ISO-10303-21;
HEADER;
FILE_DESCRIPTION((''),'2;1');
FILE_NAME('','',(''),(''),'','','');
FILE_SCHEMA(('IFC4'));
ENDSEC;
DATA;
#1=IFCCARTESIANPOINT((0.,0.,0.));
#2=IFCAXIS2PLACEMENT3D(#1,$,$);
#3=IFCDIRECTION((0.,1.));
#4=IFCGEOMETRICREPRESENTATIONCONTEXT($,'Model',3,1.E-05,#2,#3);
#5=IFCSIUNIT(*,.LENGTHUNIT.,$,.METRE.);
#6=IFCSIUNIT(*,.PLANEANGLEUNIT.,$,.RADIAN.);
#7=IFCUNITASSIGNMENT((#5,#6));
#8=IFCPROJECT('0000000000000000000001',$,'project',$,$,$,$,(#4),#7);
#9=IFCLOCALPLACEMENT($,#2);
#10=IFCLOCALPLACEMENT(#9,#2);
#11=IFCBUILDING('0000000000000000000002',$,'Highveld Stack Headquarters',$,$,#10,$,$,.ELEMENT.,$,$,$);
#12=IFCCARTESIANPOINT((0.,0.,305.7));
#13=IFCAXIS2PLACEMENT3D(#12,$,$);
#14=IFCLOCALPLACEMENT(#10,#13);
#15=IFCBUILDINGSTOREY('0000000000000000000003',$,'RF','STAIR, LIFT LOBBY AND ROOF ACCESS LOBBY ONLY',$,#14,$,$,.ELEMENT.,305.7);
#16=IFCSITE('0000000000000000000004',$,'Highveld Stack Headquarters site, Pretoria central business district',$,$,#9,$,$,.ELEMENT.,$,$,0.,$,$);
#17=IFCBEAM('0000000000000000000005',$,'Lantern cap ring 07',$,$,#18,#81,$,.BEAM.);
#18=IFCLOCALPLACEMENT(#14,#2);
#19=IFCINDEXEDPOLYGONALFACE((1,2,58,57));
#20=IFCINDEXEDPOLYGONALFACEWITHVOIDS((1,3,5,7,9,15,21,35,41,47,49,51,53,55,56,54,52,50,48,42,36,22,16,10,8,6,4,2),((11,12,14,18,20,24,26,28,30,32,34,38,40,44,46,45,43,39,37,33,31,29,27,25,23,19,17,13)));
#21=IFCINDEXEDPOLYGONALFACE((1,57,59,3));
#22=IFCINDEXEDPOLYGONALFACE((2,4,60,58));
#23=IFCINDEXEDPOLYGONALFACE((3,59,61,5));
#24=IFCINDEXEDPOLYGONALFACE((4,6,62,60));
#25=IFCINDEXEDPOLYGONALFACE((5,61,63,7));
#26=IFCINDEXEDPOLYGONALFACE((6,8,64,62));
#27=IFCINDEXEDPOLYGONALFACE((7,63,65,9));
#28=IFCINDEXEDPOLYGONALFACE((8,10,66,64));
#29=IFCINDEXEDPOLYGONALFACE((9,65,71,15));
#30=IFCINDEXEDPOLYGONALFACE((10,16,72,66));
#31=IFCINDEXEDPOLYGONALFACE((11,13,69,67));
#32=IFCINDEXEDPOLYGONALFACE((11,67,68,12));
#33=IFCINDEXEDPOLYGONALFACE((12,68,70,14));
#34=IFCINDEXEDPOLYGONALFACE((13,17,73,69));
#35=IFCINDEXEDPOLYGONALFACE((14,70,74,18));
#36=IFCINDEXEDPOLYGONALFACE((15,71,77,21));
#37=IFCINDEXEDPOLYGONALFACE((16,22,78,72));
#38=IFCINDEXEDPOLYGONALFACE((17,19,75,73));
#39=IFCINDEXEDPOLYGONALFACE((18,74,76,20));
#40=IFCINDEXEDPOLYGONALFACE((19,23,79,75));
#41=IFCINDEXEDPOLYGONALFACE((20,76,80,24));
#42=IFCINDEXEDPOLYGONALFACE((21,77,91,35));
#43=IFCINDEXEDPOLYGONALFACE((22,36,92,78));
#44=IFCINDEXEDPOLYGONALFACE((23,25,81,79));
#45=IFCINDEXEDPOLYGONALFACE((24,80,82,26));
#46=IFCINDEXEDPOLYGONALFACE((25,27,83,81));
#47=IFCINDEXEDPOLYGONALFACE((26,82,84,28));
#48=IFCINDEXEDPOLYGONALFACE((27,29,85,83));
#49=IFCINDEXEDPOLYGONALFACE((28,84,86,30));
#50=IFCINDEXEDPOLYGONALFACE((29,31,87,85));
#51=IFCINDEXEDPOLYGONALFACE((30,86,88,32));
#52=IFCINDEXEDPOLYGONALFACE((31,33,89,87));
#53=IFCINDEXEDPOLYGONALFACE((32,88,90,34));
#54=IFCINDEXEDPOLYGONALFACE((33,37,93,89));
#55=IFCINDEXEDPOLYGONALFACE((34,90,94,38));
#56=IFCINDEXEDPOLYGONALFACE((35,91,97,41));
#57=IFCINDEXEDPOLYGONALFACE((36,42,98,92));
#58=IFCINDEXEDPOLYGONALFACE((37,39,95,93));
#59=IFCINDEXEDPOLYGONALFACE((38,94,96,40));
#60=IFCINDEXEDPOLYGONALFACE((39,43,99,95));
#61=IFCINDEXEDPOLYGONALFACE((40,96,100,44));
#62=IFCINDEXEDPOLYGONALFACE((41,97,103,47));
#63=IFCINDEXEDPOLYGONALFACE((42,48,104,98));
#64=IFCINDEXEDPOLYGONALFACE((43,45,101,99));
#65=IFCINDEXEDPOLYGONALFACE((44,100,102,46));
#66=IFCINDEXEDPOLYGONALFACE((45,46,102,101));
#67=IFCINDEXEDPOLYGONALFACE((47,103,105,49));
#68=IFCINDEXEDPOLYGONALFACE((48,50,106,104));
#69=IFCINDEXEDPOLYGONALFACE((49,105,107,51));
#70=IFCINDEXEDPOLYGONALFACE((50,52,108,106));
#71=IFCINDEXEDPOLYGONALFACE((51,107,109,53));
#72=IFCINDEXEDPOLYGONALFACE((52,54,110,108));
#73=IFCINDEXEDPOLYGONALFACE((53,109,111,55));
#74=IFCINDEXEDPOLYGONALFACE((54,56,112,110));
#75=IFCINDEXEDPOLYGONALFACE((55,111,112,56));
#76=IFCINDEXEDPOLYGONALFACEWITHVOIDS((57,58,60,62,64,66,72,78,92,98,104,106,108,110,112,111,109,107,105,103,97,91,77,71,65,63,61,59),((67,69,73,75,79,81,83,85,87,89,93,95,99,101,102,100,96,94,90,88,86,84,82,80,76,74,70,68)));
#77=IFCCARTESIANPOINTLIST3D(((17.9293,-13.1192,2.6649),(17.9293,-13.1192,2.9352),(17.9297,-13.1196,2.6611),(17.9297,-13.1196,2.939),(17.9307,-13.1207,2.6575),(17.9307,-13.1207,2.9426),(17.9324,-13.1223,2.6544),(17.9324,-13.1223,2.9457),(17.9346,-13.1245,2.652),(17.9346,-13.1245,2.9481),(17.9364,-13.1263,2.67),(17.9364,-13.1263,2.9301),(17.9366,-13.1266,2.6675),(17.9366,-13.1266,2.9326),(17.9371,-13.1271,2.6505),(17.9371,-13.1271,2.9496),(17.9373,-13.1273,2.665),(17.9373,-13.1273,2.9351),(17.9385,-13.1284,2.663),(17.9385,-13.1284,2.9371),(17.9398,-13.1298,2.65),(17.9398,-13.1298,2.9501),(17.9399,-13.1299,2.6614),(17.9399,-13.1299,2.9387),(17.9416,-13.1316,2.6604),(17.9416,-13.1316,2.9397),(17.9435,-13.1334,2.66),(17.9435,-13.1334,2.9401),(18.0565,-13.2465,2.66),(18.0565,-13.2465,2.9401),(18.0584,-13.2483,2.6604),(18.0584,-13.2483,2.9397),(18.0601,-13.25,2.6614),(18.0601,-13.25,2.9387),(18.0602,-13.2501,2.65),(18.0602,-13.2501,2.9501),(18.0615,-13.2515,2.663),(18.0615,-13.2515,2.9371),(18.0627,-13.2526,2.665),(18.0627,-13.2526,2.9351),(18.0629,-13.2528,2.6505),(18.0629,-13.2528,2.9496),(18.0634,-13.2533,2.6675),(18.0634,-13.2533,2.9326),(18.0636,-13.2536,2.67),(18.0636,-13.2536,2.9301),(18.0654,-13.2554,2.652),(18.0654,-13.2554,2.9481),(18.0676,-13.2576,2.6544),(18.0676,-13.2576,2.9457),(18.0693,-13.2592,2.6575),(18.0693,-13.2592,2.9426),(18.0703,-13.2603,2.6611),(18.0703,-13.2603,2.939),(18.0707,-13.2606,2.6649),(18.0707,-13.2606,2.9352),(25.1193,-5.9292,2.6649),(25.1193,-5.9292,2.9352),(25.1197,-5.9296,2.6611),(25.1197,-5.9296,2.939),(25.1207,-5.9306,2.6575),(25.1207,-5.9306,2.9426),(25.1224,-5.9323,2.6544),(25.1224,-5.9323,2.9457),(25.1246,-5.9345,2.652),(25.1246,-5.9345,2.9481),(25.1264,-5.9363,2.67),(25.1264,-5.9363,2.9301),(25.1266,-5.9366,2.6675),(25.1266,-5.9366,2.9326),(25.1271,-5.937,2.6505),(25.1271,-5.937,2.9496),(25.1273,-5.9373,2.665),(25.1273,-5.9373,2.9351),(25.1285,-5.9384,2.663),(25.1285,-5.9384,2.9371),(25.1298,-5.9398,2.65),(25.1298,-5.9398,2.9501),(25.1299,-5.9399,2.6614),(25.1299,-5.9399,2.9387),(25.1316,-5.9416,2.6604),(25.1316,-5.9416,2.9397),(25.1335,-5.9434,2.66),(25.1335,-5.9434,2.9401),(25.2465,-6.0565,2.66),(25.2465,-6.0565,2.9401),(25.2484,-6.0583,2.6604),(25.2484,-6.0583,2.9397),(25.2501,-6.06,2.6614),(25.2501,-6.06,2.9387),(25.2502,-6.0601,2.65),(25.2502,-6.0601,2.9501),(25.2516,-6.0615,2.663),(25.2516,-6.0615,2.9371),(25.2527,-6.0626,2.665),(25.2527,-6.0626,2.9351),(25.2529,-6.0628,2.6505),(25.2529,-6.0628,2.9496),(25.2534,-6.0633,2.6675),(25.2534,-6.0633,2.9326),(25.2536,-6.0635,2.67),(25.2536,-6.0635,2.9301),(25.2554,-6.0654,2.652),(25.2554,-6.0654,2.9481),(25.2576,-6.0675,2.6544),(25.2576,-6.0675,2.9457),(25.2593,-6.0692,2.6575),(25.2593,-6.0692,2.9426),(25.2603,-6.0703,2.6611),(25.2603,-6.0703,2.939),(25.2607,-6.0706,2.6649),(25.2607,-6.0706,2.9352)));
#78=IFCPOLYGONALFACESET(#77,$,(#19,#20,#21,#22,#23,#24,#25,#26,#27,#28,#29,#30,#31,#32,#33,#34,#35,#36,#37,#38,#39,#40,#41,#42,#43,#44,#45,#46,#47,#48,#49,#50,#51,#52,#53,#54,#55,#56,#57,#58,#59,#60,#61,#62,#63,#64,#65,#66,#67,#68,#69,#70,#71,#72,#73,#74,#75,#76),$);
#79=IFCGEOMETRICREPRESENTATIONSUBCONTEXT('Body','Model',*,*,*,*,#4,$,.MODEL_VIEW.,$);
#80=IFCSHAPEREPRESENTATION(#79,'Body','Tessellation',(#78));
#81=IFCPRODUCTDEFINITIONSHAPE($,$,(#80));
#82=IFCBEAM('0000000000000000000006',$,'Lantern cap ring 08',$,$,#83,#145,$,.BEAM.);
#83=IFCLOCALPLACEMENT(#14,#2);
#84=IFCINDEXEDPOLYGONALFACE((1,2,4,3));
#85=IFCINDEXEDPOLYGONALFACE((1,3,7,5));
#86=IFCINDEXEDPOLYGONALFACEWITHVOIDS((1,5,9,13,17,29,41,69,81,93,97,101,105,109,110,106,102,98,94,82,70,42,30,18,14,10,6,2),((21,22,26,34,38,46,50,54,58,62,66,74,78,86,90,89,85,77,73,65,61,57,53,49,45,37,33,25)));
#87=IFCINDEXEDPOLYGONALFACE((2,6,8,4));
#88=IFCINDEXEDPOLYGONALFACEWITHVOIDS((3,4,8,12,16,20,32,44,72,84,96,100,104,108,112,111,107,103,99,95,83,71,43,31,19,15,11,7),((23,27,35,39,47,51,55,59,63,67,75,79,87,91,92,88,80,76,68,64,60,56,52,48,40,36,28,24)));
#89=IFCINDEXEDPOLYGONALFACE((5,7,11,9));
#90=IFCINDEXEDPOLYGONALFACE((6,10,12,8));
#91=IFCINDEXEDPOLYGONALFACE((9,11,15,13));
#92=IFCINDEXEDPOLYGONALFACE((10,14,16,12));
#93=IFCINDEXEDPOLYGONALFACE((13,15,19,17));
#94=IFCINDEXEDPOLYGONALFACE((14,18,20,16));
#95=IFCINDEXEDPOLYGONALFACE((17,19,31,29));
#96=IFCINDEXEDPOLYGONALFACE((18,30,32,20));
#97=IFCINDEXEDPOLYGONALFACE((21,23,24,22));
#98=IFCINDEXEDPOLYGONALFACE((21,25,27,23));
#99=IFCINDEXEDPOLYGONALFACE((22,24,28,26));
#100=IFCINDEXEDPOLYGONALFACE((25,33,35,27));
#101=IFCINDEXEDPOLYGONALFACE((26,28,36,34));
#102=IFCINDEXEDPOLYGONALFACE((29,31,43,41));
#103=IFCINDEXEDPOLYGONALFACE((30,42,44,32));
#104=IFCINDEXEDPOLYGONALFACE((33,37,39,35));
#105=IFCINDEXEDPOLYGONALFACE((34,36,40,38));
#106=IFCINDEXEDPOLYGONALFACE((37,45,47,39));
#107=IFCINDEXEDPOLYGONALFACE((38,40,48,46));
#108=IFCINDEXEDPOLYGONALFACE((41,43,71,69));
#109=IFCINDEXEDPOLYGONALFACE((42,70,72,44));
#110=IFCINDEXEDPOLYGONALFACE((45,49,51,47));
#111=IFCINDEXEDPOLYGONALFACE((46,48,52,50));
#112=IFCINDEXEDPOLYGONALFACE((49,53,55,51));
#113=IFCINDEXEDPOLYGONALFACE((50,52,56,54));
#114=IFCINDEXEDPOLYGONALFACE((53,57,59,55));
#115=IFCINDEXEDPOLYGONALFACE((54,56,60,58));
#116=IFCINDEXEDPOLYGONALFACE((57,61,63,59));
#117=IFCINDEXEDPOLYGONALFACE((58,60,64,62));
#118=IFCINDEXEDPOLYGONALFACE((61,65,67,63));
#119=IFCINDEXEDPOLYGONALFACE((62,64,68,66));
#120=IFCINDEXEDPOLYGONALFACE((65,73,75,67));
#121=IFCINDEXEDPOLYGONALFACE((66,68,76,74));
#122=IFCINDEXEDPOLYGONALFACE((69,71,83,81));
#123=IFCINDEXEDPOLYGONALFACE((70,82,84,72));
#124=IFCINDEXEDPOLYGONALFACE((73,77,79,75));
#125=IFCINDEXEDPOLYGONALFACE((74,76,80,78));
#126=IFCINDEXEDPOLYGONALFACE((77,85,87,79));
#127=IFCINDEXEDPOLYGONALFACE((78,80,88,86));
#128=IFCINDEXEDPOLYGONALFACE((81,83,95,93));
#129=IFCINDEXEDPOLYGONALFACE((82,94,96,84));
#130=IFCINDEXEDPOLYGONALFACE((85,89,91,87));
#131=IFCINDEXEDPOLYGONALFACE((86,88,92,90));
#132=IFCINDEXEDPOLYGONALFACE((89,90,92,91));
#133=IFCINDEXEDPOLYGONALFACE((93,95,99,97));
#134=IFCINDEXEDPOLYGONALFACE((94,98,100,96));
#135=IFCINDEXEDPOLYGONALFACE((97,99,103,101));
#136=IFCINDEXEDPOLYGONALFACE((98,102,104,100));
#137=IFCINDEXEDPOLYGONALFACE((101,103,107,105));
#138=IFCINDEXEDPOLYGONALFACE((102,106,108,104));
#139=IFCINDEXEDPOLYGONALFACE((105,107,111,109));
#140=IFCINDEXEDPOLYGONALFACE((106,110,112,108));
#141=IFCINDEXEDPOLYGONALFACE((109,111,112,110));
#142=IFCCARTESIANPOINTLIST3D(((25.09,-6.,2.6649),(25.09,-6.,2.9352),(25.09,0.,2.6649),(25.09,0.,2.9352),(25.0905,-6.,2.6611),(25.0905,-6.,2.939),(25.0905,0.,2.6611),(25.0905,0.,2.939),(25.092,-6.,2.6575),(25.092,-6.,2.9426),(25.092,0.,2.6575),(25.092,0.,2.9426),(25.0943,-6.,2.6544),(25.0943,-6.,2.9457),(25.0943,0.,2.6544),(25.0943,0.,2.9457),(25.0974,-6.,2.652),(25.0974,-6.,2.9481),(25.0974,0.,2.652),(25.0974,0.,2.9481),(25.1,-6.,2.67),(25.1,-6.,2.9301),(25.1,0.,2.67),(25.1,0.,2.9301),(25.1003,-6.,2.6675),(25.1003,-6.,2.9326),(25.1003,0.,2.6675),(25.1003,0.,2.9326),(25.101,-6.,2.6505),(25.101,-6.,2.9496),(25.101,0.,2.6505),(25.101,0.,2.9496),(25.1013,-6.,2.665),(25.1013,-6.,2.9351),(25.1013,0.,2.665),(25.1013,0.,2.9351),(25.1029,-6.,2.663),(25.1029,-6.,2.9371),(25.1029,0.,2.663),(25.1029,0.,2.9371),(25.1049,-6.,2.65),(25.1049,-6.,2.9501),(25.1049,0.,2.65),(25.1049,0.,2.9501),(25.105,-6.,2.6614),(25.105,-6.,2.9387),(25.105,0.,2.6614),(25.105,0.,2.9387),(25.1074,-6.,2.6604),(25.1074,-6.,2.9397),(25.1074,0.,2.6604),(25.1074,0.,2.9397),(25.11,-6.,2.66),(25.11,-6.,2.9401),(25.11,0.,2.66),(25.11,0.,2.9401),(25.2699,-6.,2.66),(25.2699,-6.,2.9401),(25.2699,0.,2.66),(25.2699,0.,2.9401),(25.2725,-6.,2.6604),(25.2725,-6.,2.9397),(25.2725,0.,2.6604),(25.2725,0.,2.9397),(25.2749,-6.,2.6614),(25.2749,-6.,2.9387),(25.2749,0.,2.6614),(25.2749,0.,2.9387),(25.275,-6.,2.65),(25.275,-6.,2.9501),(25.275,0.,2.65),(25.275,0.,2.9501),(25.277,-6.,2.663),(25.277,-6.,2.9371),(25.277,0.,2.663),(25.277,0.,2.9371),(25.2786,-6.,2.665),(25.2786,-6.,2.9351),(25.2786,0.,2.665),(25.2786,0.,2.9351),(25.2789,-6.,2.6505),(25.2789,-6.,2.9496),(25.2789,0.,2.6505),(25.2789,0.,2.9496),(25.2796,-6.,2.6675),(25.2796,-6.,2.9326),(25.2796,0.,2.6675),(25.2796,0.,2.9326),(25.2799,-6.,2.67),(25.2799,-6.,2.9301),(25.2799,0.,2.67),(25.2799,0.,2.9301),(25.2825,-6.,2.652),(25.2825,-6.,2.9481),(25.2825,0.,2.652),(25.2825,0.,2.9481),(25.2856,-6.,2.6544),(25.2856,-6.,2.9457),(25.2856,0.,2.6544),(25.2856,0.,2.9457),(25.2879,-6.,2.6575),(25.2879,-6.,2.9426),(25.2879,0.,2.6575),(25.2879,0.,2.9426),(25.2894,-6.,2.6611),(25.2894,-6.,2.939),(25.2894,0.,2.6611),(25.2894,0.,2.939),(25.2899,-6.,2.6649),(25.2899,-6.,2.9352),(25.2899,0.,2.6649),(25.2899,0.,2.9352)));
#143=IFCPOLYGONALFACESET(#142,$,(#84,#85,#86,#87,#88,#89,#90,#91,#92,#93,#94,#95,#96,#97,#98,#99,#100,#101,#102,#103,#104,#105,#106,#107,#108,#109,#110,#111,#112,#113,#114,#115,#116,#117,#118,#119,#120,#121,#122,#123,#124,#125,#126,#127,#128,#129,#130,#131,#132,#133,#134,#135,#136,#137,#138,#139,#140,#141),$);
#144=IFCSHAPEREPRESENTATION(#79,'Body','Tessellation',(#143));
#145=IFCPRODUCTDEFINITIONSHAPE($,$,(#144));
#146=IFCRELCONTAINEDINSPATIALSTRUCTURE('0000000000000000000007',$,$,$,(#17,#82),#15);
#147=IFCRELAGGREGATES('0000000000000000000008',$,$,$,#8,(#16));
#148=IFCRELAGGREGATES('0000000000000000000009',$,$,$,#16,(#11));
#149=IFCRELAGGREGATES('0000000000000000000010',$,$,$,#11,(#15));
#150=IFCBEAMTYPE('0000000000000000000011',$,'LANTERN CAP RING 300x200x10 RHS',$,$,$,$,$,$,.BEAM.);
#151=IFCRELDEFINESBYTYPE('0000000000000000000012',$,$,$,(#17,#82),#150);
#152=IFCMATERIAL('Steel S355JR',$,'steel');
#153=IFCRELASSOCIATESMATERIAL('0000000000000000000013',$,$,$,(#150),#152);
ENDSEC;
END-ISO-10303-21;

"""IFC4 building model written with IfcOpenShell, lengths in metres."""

from ifc_helpers import new_model, si_unit, direction, frame, origin, origin_2d, place, context, subcontext, project, spatial, hollow_rectangle, extrude, material, material_profile, profile_set, type_object, element, save


model = new_model("IFC4")

# Units and contexts
model_context = context("Model", 3, precision=1e-05, world=origin(), true_north=direction((0.0, 1.0)))
body_context = subcontext(model_context, "Body", "Model", "MODEL_VIEW")
ifc_project = project(units=[si_unit("LENGTHUNIT", "METRE"), si_unit("PLANEANGLEUNIT", "RADIAN")], contexts=[model_context])

# Site, building, storey
site_placement = place(None, origin())
site = spatial("IfcSite", under=ifc_project, at=site_placement, Name="Highveld Stack Headquarters site, Pretoria central business district", CompositionType="ELEMENT", RefElevation=0.0)
building_placement = place(site_placement, origin())
building = spatial("IfcBuilding", under=site, at=building_placement, Name="Highveld Stack Headquarters", CompositionType="ELEMENT")
storey_placement = place(building_placement, frame((0.0, 0.0, 305.7)))
storey = spatial("IfcBuildingStorey", under=building, at=storey_placement, Name="RF", Description="STAIR, LIFT LOBBY AND ROOF ACCESS LOBBY ONLY", CompositionType="ELEMENT", Elevation=305.7)

# Beams
ifc_material_1 = material(Name="Steel S355JR", Category="steel")
ifc_material_profile_1 = material_profile(ifc_material_1, hollow_rectangle(XDim=0.2, YDim=0.3, WallThickness=0.01, InnerFilletRadius=0.01, OuterFilletRadius=0.0149, at=origin_2d()), Name="300x200x10 RHS")
ifc_profile_set_1 = profile_set([ifc_material_profile_1], Name="Steel S355JR")
beam_type_1 = type_object("IfcBeamType", Name="LANTERN CAP RING 300x200x10 RHS", PredefinedType="BEAM", material=ifc_profile_set_1)
beam_placement = place(storey_placement, frame((18.0, -13.1899, 2.8), z_axis=(0.707107, 0.707107, 0.0), x_axis=(-0.707107, 0.707107, 0.0)))
element("IfcBeam", 1, at=beam_placement, inside=storey, type_object=beam_type_1, Name="Lantern cap ring 07", PredefinedType="BEAM", context=body_context, shape_type="SweptSolid", body=[
    extrude(hollow_rectangle(XDim=0.2, YDim=0.3, WallThickness=0.01, InnerFilletRadius=0.01, OuterFilletRadius=0.0149, at=origin_2d()), origin(), (0.0, 0.0, 1.0), 10.1682),
])
for number, where, z_axis, x_axis, name in (
    (2, (25.1899, -6.0, 2.8), (0.0, 1.0, 0.0), (-1.0, 0.0, 0.0), "Lantern cap ring 08"),
):
    element("IfcBeam", number, at=place(storey_placement, frame(where, z_axis=z_axis, x_axis=x_axis)), inside=storey, type_object=beam_type_1, Name=name, PredefinedType="BEAM", context=body_context, shape_type="SweptSolid", body=[
        extrude(hollow_rectangle(XDim=0.2, YDim=0.3, WallThickness=0.01, InnerFilletRadius=0.01, OuterFilletRadius=0.0149, at=origin_2d()), origin(), (0.0, 0.0, 1.0), 6.0),
    ])

save(model, "model.ifc")
